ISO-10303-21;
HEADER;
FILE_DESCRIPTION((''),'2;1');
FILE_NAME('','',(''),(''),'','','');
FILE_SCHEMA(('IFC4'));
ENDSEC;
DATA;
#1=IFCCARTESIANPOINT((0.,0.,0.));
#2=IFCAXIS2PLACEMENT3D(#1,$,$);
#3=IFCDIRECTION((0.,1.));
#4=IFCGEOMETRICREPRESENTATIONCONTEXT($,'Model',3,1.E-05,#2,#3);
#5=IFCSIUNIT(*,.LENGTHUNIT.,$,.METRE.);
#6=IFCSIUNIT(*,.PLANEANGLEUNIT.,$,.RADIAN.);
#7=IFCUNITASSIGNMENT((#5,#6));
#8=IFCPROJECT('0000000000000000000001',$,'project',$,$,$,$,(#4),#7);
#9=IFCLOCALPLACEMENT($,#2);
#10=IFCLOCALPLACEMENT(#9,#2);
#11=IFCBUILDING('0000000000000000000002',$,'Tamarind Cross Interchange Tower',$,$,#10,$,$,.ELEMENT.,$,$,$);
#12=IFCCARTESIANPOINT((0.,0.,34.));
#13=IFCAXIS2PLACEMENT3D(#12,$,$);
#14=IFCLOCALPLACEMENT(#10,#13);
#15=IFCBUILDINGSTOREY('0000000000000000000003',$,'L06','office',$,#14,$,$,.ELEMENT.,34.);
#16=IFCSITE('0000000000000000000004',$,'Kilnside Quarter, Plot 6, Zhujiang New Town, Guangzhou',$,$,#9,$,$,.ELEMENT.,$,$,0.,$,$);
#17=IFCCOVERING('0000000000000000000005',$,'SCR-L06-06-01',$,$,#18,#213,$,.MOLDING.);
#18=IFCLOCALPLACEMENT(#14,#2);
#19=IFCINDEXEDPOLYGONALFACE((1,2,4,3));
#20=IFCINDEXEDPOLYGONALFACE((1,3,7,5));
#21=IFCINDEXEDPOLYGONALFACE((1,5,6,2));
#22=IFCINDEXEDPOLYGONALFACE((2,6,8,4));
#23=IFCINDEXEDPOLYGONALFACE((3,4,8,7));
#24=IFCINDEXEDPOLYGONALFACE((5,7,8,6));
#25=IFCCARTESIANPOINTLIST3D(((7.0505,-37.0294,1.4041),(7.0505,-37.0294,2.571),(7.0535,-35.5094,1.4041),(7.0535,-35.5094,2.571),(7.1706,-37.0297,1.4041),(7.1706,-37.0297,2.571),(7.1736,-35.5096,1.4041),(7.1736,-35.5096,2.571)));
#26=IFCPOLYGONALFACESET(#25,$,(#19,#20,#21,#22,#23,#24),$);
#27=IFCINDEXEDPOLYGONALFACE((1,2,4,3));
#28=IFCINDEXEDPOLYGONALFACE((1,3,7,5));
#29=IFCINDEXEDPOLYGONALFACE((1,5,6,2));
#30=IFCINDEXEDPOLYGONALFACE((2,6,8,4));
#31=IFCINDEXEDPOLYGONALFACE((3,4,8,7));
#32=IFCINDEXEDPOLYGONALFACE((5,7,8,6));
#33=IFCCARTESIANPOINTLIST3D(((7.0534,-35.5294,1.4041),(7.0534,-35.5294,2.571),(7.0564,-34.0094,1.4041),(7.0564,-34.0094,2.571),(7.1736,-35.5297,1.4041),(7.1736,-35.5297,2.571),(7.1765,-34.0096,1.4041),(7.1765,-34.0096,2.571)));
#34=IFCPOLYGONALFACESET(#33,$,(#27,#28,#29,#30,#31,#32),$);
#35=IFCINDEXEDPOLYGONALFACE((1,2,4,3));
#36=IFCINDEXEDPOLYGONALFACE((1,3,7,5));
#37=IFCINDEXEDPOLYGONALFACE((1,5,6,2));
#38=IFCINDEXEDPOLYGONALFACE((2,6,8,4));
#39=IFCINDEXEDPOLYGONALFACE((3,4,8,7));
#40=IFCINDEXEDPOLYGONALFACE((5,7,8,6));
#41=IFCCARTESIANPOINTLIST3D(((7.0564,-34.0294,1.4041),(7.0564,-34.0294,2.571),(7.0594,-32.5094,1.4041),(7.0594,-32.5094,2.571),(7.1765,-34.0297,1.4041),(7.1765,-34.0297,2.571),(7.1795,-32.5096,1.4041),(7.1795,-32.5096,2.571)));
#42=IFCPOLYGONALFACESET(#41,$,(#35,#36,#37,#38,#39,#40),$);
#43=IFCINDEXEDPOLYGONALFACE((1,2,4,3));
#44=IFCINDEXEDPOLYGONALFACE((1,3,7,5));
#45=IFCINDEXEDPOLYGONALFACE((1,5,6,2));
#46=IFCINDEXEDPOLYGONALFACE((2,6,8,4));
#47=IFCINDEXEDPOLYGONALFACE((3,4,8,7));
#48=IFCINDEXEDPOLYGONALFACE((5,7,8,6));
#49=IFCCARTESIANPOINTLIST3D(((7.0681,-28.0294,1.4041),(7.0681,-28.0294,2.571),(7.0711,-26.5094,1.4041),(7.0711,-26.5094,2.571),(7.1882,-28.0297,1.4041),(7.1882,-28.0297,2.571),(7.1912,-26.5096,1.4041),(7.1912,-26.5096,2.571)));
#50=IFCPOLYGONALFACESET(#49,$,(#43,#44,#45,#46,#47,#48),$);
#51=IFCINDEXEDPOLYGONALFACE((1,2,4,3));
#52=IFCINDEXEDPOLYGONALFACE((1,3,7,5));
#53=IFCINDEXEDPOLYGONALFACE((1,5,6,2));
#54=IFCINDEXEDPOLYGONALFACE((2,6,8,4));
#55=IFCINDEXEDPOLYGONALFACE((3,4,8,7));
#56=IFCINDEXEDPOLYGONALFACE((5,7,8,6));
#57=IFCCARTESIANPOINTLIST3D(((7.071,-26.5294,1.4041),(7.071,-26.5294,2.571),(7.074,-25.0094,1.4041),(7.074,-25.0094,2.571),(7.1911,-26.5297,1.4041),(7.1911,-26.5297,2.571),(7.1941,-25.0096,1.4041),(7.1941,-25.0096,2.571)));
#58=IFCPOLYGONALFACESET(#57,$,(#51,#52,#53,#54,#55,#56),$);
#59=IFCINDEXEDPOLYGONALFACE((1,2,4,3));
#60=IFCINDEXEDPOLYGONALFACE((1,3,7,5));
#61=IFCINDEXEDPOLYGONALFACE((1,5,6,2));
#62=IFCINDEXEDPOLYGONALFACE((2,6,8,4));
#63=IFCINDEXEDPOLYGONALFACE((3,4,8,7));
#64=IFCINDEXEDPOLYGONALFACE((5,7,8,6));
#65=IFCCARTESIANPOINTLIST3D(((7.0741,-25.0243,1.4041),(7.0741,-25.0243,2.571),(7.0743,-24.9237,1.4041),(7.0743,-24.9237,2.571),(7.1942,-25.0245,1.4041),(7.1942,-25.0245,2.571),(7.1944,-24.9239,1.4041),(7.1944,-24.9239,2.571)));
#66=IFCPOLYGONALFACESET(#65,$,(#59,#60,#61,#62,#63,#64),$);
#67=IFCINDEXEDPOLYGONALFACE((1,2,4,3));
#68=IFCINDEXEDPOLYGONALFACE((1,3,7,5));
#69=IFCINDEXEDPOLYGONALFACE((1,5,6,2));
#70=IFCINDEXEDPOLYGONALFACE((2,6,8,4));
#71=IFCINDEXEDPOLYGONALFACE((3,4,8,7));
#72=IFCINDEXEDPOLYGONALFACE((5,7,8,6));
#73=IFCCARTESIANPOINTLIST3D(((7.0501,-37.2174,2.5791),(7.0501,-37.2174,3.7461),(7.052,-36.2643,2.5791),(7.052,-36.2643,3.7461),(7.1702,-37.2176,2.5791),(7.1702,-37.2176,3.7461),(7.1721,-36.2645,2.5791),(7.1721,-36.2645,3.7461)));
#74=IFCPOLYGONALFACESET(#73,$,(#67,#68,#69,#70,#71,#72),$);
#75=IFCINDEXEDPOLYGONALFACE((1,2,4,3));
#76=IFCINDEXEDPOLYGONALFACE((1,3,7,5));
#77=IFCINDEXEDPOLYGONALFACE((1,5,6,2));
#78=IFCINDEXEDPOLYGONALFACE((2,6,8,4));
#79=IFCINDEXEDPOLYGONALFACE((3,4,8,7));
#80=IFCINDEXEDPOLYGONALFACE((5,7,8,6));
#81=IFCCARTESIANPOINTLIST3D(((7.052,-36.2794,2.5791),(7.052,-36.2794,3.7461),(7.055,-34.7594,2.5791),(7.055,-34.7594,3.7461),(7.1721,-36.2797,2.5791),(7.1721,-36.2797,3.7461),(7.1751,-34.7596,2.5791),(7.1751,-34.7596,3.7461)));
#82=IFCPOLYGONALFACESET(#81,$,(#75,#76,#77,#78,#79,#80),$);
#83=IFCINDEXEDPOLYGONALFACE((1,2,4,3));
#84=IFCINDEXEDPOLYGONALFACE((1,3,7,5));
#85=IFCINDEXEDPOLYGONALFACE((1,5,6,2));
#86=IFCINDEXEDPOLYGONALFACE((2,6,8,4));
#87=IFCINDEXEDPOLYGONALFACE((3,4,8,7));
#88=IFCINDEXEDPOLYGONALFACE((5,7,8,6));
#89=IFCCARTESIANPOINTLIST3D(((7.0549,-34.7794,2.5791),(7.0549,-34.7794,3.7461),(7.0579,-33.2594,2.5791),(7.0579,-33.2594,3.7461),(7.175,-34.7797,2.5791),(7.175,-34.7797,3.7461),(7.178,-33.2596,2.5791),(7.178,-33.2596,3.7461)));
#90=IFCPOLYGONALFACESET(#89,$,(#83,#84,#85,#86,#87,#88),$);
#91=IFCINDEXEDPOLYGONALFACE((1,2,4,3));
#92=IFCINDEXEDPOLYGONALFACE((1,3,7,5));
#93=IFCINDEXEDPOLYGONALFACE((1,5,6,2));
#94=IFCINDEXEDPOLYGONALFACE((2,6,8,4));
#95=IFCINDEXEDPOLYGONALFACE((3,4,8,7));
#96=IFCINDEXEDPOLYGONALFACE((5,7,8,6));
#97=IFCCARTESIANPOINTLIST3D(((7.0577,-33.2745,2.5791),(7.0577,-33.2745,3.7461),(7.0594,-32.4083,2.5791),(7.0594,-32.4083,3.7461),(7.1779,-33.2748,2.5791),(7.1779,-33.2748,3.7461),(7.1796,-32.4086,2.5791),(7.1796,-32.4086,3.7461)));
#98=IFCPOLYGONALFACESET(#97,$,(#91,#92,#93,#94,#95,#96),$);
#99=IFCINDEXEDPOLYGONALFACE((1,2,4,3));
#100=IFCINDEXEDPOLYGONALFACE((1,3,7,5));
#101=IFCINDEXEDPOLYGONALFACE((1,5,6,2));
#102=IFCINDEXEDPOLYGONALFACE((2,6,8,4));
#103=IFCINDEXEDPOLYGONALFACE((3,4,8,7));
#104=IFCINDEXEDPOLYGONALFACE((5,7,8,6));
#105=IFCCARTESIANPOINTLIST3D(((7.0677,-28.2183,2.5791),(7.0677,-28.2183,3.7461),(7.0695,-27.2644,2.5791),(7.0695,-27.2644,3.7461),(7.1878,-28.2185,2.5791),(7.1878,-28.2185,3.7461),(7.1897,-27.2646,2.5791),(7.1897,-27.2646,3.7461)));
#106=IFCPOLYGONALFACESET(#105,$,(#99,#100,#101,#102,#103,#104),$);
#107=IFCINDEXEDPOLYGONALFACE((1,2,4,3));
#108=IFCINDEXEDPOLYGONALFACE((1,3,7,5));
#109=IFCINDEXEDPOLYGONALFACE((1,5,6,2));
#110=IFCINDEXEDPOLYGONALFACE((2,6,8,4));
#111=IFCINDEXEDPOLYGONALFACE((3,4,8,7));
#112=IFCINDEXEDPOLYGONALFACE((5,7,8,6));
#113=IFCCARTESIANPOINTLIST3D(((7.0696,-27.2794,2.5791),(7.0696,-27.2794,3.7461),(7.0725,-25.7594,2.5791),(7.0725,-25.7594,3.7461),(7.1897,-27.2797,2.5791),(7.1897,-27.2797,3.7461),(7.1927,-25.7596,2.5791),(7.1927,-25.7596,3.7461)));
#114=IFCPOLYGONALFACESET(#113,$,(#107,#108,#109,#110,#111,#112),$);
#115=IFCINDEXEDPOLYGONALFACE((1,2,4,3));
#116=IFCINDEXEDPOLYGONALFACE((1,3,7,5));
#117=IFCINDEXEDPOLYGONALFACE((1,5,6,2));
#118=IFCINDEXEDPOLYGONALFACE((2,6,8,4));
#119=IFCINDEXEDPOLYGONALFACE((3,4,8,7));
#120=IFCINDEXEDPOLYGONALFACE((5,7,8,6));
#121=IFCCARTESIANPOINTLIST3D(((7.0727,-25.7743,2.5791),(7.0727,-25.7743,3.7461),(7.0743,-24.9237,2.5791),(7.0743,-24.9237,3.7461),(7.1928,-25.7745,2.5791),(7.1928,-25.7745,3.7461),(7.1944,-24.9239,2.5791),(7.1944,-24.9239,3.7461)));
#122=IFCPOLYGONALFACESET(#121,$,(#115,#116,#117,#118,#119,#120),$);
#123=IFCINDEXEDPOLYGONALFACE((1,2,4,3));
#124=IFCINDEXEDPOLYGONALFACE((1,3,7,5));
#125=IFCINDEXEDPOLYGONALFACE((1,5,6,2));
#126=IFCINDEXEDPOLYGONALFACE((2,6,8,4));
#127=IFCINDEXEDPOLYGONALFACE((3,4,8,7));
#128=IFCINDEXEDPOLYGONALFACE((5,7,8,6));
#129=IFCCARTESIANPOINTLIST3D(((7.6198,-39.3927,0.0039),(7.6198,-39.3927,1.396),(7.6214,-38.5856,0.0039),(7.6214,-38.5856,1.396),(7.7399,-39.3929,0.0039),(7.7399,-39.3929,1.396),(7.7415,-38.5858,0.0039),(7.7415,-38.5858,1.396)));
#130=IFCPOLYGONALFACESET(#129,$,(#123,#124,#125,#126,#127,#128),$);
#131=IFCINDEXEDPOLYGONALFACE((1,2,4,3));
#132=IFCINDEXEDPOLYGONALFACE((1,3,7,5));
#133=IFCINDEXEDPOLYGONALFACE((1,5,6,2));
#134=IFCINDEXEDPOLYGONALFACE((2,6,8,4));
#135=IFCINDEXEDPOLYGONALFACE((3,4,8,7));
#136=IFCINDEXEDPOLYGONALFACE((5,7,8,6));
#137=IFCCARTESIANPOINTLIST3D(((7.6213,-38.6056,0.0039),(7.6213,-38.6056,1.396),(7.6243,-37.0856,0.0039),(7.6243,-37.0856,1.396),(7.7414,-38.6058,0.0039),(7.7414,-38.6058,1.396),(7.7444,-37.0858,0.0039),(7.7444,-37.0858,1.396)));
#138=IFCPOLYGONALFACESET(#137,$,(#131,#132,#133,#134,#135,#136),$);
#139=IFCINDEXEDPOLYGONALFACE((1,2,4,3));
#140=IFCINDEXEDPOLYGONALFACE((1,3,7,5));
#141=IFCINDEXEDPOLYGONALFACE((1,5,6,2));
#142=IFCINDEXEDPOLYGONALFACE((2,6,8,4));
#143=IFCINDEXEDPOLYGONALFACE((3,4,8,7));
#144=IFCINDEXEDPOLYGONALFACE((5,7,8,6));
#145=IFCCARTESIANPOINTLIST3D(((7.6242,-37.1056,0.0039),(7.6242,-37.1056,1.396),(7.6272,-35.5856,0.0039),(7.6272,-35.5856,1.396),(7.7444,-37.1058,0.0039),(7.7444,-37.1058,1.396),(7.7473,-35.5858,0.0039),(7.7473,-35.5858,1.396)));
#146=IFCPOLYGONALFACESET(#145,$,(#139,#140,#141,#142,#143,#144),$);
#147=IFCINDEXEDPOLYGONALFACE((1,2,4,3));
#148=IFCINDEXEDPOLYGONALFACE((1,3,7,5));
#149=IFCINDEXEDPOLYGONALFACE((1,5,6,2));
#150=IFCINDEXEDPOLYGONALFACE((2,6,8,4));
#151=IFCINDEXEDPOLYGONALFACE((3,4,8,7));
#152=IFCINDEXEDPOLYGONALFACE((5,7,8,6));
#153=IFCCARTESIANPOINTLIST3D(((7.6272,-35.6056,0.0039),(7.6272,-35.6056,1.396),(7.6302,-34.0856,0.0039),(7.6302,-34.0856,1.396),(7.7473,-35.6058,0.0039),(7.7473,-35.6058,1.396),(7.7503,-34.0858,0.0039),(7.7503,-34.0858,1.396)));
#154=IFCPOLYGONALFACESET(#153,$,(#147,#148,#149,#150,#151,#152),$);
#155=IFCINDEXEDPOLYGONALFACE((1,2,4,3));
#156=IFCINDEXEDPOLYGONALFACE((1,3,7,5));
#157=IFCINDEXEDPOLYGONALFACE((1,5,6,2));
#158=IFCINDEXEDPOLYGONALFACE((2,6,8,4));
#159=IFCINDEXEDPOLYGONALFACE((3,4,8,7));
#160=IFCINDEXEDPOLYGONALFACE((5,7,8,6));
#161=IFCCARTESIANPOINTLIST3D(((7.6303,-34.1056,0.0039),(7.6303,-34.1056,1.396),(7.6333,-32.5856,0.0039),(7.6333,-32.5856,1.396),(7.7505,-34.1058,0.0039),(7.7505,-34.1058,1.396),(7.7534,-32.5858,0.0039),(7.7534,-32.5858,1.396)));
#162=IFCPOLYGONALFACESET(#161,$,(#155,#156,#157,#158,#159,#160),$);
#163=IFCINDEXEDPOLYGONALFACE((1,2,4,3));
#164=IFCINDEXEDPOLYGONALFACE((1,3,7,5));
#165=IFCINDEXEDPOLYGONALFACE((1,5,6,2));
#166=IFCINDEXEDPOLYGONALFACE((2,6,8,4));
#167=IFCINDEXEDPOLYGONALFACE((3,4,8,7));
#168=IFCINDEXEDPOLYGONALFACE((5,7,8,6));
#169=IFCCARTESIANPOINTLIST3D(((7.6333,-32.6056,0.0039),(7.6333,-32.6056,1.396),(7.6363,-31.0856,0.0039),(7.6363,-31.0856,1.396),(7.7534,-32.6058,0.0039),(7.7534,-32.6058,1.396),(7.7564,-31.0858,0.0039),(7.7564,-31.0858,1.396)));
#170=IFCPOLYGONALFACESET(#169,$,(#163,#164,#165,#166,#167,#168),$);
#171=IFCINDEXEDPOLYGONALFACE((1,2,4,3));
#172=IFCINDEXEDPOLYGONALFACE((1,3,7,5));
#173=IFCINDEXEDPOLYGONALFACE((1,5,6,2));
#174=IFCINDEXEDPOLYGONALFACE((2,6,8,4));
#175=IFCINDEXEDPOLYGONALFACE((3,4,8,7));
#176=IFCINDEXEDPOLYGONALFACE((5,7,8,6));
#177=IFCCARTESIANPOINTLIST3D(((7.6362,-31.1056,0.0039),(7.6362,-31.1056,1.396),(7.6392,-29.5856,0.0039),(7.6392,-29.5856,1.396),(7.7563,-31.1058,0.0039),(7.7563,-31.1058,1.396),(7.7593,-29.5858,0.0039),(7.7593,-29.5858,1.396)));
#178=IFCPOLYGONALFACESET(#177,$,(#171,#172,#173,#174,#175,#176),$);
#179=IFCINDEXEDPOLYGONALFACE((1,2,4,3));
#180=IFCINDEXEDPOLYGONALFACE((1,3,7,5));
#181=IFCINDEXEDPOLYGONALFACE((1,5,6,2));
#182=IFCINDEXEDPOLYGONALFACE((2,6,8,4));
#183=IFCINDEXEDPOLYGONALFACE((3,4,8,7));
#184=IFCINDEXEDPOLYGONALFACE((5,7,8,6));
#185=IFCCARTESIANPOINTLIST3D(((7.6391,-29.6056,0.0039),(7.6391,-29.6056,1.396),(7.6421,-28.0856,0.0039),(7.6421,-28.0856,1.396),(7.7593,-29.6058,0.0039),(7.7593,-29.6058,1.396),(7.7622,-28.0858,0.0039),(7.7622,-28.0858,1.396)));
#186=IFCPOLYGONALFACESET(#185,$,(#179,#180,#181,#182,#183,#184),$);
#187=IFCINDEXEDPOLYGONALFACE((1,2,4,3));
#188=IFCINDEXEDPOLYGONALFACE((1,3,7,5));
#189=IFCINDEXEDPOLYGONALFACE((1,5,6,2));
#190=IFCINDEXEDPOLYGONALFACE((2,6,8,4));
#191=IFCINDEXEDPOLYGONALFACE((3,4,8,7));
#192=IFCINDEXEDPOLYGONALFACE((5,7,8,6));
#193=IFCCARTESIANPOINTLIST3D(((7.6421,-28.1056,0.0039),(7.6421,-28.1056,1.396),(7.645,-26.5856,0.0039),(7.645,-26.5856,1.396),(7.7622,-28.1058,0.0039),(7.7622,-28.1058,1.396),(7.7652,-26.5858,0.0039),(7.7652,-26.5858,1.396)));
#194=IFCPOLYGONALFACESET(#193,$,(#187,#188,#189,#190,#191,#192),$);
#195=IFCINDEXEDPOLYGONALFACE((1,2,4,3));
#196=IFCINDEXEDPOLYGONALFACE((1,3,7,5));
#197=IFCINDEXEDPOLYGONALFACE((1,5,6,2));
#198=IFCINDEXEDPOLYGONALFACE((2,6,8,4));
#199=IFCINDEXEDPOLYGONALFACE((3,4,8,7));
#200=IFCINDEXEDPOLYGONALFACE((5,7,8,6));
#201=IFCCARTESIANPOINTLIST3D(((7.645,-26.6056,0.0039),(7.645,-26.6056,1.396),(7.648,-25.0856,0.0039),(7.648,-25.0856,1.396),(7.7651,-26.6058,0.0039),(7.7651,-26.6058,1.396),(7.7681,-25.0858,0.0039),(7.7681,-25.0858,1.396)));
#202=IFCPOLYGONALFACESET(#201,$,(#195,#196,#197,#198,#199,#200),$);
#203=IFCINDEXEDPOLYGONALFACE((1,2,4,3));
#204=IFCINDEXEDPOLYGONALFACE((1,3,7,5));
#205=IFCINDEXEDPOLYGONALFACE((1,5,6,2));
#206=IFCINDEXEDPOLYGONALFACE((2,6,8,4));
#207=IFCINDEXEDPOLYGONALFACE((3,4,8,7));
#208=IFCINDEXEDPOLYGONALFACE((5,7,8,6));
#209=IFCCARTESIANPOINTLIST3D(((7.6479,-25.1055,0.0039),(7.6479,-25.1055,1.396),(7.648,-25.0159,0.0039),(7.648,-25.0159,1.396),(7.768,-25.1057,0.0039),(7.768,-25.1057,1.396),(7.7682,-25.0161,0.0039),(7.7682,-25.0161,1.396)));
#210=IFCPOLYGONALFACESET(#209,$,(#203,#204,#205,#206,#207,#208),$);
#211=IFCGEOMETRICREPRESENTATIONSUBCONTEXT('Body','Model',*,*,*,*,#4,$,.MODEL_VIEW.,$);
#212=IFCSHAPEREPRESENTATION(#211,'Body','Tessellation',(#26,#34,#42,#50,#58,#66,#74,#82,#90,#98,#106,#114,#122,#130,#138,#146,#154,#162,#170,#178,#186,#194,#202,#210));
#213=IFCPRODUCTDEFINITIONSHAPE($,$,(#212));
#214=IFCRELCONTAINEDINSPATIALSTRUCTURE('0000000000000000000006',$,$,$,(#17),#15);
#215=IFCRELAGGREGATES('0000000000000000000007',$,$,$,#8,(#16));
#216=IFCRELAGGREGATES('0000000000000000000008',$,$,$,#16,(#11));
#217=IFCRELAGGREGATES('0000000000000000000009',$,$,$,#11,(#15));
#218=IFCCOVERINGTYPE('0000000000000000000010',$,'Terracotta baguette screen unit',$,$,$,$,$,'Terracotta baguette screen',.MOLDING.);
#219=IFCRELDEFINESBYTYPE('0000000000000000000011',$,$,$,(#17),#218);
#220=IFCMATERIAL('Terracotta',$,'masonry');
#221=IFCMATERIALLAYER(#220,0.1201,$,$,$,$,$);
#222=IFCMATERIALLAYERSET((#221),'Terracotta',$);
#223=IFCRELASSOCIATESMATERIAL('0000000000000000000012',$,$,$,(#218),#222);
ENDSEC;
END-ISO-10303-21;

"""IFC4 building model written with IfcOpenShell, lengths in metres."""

from ifc_helpers import new_model, si_unit, direction, frame, origin, origin_2d, place, context, subcontext, project, spatial, rectangle, extrude, material, layer, layer_set, type_object, element, save


model = new_model("IFC4")

# Units and contexts
model_context = context("Model", 3, precision=1e-05, world=origin(), true_north=direction((0.0, 1.0)))
body_context = subcontext(model_context, "Body", "Model", "MODEL_VIEW")
ifc_project = project(units=[si_unit("LENGTHUNIT", "METRE"), si_unit("PLANEANGLEUNIT", "RADIAN")], contexts=[model_context])

# Site, building, storey
site_placement = place(None, origin())
site = spatial("IfcSite", under=ifc_project, at=site_placement, Name="Kilnside Quarter, Plot 6, Zhujiang New Town, Guangzhou", CompositionType="ELEMENT", RefElevation=0.0)
building_placement = place(site_placement, origin())
building = spatial("IfcBuilding", under=site, at=building_placement, Name="Tamarind Cross Interchange Tower", CompositionType="ELEMENT")
storey_placement = place(building_placement, frame((0.0, 0.0, 34.0)))
storey = spatial("IfcBuildingStorey", under=building, at=storey_placement, Name="L06", Description="office", CompositionType="ELEMENT", Elevation=34.0)

# Covering
ifc_material_1 = material(Name="Terracotta", Category="masonry")
ifc_layer_1 = layer(ifc_material_1, 0.1201)
ifc_layer_set_1 = layer_set([ifc_layer_1], Name="Terracotta")
covering_type = type_object("IfcCoveringType", Name="Terracotta baguette screen unit", ElementType="Terracotta baguette screen", PredefinedType="MOLDING", material=ifc_layer_set_1)
covering_1_placement = place(storey_placement, origin())
element("IfcCovering", 1, at=covering_1_placement, inside=storey, type_object=covering_type, Name="SCR-L06-06-01", PredefinedType="MOLDING", context=body_context, shape_type="SweptSolid", body=[
    extrude(rectangle(XDim=1.52, YDim=0.1201, at=origin_2d()), frame((7.1121, -36.2695, 1.4041), z_axis=(0.0, 0.0, 1.0), x_axis=(0.001962, 0.999998, 0.0)), (0.0, 0.0, 1.0), 1.167),
    extrude(rectangle(XDim=1.52, YDim=0.1201, at=origin_2d()), frame((7.115, -34.7695, 1.4041), z_axis=(0.0, 0.0, 1.0), x_axis=(0.001962, 0.999998, 0.0)), (0.0, 0.0, 1.0), 1.167),
    extrude(rectangle(XDim=1.52, YDim=0.1201, at=origin_2d()), frame((7.1179, -33.2695, 1.4041), z_axis=(0.0, 0.0, 1.0), x_axis=(0.001962, 0.999998, 0.0)), (0.0, 0.0, 1.0), 1.167),
    extrude(rectangle(XDim=1.52, YDim=0.1201, at=origin_2d()), frame((7.1296, -27.2695, 1.4041), z_axis=(0.0, 0.0, 1.0), x_axis=(0.001962, 0.999998, 0.0)), (0.0, 0.0, 1.0), 1.167),
    extrude(rectangle(XDim=1.52, YDim=0.1201, at=origin_2d()), frame((7.1326, -25.7695, 1.4041), z_axis=(0.0, 0.0, 1.0), x_axis=(0.001962, 0.999998, 0.0)), (0.0, 0.0, 1.0), 1.167),
    extrude(rectangle(XDim=0.1006, YDim=0.1201, at=origin_2d()), frame((7.1343, -24.9741, 1.4041), z_axis=(0.0, 0.0, 1.0), x_axis=(0.001962, 0.999998, 0.0)), (0.0, 0.0, 1.0), 1.167),
    extrude(rectangle(XDim=0.9531, YDim=0.1201, at=origin_2d()), frame((7.1111, -36.741, 2.5791), z_axis=(0.0, 0.0, 1.0), x_axis=(0.001962, 0.999998, 0.0)), (0.0, 0.0, 1.0), 1.167),
    extrude(rectangle(XDim=1.52, YDim=0.1201, at=origin_2d()), frame((7.1135, -35.5195, 2.5791), z_axis=(0.0, 0.0, 1.0), x_axis=(0.001962, 0.999998, 0.0)), (0.0, 0.0, 1.0), 1.167),
    extrude(rectangle(XDim=1.52, YDim=0.1201, at=origin_2d()), frame((7.1165, -34.0195, 2.5791), z_axis=(0.0, 0.0, 1.0), x_axis=(0.001962, 0.999998, 0.0)), (0.0, 0.0, 1.0), 1.167),
    extrude(rectangle(XDim=0.8662, YDim=0.1201, at=origin_2d()), frame((7.1187, -32.8416, 2.5791), z_axis=(0.0, 0.0, 1.0), x_axis=(0.001962, 0.999998, 0.0)), (0.0, 0.0, 1.0), 1.167),
    extrude(rectangle(XDim=0.9539, YDim=0.1201, at=origin_2d()), frame((7.1287, -27.7415, 2.5791), z_axis=(0.0, 0.0, 1.0), x_axis=(0.001962, 0.999998, 0.0)), (0.0, 0.0, 1.0), 1.167),
    extrude(rectangle(XDim=1.52, YDim=0.1201, at=origin_2d()), frame((7.1311, -26.5195, 2.5791), z_axis=(0.0, 0.0, 1.0), x_axis=(0.001962, 0.999998, 0.0)), (0.0, 0.0, 1.0), 1.167),
    extrude(rectangle(XDim=0.8506, YDim=0.1201, at=origin_2d()), frame((7.1335, -25.3491, 2.5791), z_axis=(0.0, 0.0, 1.0), x_axis=(0.001962, 0.999998, 0.0)), (0.0, 0.0, 1.0), 1.167),
    extrude(rectangle(XDim=0.8071, YDim=0.1201, at=origin_2d()), frame((7.6807, -38.9893, 0.0039), z_axis=(0.0, 0.0, 1.0), x_axis=(0.001962, 0.999998, 0.0)), (0.0, 0.0, 1.0), 1.3921),
    extrude(rectangle(XDim=1.52, YDim=0.1201, at=origin_2d()), frame((7.6829, -37.8457, 0.0039), z_axis=(0.0, 0.0, 1.0), x_axis=(0.001962, 0.999998, 0.0)), (0.0, 0.0, 1.0), 1.3921),
    extrude(rectangle(XDim=1.52, YDim=0.1201, at=origin_2d()), frame((7.6858, -36.3457, 0.0039), z_axis=(0.0, 0.0, 1.0), x_axis=(0.001962, 0.999998, 0.0)), (0.0, 0.0, 1.0), 1.3921),
    extrude(rectangle(XDim=1.52, YDim=0.1201, at=origin_2d()), frame((7.6887, -34.8457, 0.0039), z_axis=(0.0, 0.0, 1.0), x_axis=(0.001962, 0.999998, 0.0)), (0.0, 0.0, 1.0), 1.3921),
    extrude(rectangle(XDim=1.52, YDim=0.1201, at=origin_2d()), frame((7.6919, -33.3457, 0.0039), z_axis=(0.0, 0.0, 1.0), x_axis=(0.001962, 0.999998, 0.0)), (0.0, 0.0, 1.0), 1.3921),
    extrude(rectangle(XDim=1.52, YDim=0.1201, at=origin_2d()), frame((7.6948, -31.8457, 0.0039), z_axis=(0.0, 0.0, 1.0), x_axis=(0.001962, 0.999998, 0.0)), (0.0, 0.0, 1.0), 1.3921),
    extrude(rectangle(XDim=1.52, YDim=0.1201, at=origin_2d()), frame((7.6978, -30.3457, 0.0039), z_axis=(0.0, 0.0, 1.0), x_axis=(0.001962, 0.999998, 0.0)), (0.0, 0.0, 1.0), 1.3921),
    extrude(rectangle(XDim=1.52, YDim=0.1201, at=origin_2d()), frame((7.7007, -28.8457, 0.0039), z_axis=(0.0, 0.0, 1.0), x_axis=(0.001962, 0.999998, 0.0)), (0.0, 0.0, 1.0), 1.3921),
    extrude(rectangle(XDim=1.52, YDim=0.1201, at=origin_2d()), frame((7.7036, -27.3457, 0.0039), z_axis=(0.0, 0.0, 1.0), x_axis=(0.001962, 0.999998, 0.0)), (0.0, 0.0, 1.0), 1.3921),
    extrude(rectangle(XDim=1.52, YDim=0.1201, at=origin_2d()), frame((7.7065, -25.8457, 0.0039), z_axis=(0.0, 0.0, 1.0), x_axis=(0.001962, 0.999998, 0.0)), (0.0, 0.0, 1.0), 1.3921),
    extrude(rectangle(XDim=0.0896, YDim=0.1201, at=origin_2d()), frame((7.708, -25.0608, 0.0039), z_axis=(0.0, 0.0, 1.0), x_axis=(0.001962, 0.999998, 0.0)), (0.0, 0.0, 1.0), 1.3921),
])

save(model, "model.ifc")
